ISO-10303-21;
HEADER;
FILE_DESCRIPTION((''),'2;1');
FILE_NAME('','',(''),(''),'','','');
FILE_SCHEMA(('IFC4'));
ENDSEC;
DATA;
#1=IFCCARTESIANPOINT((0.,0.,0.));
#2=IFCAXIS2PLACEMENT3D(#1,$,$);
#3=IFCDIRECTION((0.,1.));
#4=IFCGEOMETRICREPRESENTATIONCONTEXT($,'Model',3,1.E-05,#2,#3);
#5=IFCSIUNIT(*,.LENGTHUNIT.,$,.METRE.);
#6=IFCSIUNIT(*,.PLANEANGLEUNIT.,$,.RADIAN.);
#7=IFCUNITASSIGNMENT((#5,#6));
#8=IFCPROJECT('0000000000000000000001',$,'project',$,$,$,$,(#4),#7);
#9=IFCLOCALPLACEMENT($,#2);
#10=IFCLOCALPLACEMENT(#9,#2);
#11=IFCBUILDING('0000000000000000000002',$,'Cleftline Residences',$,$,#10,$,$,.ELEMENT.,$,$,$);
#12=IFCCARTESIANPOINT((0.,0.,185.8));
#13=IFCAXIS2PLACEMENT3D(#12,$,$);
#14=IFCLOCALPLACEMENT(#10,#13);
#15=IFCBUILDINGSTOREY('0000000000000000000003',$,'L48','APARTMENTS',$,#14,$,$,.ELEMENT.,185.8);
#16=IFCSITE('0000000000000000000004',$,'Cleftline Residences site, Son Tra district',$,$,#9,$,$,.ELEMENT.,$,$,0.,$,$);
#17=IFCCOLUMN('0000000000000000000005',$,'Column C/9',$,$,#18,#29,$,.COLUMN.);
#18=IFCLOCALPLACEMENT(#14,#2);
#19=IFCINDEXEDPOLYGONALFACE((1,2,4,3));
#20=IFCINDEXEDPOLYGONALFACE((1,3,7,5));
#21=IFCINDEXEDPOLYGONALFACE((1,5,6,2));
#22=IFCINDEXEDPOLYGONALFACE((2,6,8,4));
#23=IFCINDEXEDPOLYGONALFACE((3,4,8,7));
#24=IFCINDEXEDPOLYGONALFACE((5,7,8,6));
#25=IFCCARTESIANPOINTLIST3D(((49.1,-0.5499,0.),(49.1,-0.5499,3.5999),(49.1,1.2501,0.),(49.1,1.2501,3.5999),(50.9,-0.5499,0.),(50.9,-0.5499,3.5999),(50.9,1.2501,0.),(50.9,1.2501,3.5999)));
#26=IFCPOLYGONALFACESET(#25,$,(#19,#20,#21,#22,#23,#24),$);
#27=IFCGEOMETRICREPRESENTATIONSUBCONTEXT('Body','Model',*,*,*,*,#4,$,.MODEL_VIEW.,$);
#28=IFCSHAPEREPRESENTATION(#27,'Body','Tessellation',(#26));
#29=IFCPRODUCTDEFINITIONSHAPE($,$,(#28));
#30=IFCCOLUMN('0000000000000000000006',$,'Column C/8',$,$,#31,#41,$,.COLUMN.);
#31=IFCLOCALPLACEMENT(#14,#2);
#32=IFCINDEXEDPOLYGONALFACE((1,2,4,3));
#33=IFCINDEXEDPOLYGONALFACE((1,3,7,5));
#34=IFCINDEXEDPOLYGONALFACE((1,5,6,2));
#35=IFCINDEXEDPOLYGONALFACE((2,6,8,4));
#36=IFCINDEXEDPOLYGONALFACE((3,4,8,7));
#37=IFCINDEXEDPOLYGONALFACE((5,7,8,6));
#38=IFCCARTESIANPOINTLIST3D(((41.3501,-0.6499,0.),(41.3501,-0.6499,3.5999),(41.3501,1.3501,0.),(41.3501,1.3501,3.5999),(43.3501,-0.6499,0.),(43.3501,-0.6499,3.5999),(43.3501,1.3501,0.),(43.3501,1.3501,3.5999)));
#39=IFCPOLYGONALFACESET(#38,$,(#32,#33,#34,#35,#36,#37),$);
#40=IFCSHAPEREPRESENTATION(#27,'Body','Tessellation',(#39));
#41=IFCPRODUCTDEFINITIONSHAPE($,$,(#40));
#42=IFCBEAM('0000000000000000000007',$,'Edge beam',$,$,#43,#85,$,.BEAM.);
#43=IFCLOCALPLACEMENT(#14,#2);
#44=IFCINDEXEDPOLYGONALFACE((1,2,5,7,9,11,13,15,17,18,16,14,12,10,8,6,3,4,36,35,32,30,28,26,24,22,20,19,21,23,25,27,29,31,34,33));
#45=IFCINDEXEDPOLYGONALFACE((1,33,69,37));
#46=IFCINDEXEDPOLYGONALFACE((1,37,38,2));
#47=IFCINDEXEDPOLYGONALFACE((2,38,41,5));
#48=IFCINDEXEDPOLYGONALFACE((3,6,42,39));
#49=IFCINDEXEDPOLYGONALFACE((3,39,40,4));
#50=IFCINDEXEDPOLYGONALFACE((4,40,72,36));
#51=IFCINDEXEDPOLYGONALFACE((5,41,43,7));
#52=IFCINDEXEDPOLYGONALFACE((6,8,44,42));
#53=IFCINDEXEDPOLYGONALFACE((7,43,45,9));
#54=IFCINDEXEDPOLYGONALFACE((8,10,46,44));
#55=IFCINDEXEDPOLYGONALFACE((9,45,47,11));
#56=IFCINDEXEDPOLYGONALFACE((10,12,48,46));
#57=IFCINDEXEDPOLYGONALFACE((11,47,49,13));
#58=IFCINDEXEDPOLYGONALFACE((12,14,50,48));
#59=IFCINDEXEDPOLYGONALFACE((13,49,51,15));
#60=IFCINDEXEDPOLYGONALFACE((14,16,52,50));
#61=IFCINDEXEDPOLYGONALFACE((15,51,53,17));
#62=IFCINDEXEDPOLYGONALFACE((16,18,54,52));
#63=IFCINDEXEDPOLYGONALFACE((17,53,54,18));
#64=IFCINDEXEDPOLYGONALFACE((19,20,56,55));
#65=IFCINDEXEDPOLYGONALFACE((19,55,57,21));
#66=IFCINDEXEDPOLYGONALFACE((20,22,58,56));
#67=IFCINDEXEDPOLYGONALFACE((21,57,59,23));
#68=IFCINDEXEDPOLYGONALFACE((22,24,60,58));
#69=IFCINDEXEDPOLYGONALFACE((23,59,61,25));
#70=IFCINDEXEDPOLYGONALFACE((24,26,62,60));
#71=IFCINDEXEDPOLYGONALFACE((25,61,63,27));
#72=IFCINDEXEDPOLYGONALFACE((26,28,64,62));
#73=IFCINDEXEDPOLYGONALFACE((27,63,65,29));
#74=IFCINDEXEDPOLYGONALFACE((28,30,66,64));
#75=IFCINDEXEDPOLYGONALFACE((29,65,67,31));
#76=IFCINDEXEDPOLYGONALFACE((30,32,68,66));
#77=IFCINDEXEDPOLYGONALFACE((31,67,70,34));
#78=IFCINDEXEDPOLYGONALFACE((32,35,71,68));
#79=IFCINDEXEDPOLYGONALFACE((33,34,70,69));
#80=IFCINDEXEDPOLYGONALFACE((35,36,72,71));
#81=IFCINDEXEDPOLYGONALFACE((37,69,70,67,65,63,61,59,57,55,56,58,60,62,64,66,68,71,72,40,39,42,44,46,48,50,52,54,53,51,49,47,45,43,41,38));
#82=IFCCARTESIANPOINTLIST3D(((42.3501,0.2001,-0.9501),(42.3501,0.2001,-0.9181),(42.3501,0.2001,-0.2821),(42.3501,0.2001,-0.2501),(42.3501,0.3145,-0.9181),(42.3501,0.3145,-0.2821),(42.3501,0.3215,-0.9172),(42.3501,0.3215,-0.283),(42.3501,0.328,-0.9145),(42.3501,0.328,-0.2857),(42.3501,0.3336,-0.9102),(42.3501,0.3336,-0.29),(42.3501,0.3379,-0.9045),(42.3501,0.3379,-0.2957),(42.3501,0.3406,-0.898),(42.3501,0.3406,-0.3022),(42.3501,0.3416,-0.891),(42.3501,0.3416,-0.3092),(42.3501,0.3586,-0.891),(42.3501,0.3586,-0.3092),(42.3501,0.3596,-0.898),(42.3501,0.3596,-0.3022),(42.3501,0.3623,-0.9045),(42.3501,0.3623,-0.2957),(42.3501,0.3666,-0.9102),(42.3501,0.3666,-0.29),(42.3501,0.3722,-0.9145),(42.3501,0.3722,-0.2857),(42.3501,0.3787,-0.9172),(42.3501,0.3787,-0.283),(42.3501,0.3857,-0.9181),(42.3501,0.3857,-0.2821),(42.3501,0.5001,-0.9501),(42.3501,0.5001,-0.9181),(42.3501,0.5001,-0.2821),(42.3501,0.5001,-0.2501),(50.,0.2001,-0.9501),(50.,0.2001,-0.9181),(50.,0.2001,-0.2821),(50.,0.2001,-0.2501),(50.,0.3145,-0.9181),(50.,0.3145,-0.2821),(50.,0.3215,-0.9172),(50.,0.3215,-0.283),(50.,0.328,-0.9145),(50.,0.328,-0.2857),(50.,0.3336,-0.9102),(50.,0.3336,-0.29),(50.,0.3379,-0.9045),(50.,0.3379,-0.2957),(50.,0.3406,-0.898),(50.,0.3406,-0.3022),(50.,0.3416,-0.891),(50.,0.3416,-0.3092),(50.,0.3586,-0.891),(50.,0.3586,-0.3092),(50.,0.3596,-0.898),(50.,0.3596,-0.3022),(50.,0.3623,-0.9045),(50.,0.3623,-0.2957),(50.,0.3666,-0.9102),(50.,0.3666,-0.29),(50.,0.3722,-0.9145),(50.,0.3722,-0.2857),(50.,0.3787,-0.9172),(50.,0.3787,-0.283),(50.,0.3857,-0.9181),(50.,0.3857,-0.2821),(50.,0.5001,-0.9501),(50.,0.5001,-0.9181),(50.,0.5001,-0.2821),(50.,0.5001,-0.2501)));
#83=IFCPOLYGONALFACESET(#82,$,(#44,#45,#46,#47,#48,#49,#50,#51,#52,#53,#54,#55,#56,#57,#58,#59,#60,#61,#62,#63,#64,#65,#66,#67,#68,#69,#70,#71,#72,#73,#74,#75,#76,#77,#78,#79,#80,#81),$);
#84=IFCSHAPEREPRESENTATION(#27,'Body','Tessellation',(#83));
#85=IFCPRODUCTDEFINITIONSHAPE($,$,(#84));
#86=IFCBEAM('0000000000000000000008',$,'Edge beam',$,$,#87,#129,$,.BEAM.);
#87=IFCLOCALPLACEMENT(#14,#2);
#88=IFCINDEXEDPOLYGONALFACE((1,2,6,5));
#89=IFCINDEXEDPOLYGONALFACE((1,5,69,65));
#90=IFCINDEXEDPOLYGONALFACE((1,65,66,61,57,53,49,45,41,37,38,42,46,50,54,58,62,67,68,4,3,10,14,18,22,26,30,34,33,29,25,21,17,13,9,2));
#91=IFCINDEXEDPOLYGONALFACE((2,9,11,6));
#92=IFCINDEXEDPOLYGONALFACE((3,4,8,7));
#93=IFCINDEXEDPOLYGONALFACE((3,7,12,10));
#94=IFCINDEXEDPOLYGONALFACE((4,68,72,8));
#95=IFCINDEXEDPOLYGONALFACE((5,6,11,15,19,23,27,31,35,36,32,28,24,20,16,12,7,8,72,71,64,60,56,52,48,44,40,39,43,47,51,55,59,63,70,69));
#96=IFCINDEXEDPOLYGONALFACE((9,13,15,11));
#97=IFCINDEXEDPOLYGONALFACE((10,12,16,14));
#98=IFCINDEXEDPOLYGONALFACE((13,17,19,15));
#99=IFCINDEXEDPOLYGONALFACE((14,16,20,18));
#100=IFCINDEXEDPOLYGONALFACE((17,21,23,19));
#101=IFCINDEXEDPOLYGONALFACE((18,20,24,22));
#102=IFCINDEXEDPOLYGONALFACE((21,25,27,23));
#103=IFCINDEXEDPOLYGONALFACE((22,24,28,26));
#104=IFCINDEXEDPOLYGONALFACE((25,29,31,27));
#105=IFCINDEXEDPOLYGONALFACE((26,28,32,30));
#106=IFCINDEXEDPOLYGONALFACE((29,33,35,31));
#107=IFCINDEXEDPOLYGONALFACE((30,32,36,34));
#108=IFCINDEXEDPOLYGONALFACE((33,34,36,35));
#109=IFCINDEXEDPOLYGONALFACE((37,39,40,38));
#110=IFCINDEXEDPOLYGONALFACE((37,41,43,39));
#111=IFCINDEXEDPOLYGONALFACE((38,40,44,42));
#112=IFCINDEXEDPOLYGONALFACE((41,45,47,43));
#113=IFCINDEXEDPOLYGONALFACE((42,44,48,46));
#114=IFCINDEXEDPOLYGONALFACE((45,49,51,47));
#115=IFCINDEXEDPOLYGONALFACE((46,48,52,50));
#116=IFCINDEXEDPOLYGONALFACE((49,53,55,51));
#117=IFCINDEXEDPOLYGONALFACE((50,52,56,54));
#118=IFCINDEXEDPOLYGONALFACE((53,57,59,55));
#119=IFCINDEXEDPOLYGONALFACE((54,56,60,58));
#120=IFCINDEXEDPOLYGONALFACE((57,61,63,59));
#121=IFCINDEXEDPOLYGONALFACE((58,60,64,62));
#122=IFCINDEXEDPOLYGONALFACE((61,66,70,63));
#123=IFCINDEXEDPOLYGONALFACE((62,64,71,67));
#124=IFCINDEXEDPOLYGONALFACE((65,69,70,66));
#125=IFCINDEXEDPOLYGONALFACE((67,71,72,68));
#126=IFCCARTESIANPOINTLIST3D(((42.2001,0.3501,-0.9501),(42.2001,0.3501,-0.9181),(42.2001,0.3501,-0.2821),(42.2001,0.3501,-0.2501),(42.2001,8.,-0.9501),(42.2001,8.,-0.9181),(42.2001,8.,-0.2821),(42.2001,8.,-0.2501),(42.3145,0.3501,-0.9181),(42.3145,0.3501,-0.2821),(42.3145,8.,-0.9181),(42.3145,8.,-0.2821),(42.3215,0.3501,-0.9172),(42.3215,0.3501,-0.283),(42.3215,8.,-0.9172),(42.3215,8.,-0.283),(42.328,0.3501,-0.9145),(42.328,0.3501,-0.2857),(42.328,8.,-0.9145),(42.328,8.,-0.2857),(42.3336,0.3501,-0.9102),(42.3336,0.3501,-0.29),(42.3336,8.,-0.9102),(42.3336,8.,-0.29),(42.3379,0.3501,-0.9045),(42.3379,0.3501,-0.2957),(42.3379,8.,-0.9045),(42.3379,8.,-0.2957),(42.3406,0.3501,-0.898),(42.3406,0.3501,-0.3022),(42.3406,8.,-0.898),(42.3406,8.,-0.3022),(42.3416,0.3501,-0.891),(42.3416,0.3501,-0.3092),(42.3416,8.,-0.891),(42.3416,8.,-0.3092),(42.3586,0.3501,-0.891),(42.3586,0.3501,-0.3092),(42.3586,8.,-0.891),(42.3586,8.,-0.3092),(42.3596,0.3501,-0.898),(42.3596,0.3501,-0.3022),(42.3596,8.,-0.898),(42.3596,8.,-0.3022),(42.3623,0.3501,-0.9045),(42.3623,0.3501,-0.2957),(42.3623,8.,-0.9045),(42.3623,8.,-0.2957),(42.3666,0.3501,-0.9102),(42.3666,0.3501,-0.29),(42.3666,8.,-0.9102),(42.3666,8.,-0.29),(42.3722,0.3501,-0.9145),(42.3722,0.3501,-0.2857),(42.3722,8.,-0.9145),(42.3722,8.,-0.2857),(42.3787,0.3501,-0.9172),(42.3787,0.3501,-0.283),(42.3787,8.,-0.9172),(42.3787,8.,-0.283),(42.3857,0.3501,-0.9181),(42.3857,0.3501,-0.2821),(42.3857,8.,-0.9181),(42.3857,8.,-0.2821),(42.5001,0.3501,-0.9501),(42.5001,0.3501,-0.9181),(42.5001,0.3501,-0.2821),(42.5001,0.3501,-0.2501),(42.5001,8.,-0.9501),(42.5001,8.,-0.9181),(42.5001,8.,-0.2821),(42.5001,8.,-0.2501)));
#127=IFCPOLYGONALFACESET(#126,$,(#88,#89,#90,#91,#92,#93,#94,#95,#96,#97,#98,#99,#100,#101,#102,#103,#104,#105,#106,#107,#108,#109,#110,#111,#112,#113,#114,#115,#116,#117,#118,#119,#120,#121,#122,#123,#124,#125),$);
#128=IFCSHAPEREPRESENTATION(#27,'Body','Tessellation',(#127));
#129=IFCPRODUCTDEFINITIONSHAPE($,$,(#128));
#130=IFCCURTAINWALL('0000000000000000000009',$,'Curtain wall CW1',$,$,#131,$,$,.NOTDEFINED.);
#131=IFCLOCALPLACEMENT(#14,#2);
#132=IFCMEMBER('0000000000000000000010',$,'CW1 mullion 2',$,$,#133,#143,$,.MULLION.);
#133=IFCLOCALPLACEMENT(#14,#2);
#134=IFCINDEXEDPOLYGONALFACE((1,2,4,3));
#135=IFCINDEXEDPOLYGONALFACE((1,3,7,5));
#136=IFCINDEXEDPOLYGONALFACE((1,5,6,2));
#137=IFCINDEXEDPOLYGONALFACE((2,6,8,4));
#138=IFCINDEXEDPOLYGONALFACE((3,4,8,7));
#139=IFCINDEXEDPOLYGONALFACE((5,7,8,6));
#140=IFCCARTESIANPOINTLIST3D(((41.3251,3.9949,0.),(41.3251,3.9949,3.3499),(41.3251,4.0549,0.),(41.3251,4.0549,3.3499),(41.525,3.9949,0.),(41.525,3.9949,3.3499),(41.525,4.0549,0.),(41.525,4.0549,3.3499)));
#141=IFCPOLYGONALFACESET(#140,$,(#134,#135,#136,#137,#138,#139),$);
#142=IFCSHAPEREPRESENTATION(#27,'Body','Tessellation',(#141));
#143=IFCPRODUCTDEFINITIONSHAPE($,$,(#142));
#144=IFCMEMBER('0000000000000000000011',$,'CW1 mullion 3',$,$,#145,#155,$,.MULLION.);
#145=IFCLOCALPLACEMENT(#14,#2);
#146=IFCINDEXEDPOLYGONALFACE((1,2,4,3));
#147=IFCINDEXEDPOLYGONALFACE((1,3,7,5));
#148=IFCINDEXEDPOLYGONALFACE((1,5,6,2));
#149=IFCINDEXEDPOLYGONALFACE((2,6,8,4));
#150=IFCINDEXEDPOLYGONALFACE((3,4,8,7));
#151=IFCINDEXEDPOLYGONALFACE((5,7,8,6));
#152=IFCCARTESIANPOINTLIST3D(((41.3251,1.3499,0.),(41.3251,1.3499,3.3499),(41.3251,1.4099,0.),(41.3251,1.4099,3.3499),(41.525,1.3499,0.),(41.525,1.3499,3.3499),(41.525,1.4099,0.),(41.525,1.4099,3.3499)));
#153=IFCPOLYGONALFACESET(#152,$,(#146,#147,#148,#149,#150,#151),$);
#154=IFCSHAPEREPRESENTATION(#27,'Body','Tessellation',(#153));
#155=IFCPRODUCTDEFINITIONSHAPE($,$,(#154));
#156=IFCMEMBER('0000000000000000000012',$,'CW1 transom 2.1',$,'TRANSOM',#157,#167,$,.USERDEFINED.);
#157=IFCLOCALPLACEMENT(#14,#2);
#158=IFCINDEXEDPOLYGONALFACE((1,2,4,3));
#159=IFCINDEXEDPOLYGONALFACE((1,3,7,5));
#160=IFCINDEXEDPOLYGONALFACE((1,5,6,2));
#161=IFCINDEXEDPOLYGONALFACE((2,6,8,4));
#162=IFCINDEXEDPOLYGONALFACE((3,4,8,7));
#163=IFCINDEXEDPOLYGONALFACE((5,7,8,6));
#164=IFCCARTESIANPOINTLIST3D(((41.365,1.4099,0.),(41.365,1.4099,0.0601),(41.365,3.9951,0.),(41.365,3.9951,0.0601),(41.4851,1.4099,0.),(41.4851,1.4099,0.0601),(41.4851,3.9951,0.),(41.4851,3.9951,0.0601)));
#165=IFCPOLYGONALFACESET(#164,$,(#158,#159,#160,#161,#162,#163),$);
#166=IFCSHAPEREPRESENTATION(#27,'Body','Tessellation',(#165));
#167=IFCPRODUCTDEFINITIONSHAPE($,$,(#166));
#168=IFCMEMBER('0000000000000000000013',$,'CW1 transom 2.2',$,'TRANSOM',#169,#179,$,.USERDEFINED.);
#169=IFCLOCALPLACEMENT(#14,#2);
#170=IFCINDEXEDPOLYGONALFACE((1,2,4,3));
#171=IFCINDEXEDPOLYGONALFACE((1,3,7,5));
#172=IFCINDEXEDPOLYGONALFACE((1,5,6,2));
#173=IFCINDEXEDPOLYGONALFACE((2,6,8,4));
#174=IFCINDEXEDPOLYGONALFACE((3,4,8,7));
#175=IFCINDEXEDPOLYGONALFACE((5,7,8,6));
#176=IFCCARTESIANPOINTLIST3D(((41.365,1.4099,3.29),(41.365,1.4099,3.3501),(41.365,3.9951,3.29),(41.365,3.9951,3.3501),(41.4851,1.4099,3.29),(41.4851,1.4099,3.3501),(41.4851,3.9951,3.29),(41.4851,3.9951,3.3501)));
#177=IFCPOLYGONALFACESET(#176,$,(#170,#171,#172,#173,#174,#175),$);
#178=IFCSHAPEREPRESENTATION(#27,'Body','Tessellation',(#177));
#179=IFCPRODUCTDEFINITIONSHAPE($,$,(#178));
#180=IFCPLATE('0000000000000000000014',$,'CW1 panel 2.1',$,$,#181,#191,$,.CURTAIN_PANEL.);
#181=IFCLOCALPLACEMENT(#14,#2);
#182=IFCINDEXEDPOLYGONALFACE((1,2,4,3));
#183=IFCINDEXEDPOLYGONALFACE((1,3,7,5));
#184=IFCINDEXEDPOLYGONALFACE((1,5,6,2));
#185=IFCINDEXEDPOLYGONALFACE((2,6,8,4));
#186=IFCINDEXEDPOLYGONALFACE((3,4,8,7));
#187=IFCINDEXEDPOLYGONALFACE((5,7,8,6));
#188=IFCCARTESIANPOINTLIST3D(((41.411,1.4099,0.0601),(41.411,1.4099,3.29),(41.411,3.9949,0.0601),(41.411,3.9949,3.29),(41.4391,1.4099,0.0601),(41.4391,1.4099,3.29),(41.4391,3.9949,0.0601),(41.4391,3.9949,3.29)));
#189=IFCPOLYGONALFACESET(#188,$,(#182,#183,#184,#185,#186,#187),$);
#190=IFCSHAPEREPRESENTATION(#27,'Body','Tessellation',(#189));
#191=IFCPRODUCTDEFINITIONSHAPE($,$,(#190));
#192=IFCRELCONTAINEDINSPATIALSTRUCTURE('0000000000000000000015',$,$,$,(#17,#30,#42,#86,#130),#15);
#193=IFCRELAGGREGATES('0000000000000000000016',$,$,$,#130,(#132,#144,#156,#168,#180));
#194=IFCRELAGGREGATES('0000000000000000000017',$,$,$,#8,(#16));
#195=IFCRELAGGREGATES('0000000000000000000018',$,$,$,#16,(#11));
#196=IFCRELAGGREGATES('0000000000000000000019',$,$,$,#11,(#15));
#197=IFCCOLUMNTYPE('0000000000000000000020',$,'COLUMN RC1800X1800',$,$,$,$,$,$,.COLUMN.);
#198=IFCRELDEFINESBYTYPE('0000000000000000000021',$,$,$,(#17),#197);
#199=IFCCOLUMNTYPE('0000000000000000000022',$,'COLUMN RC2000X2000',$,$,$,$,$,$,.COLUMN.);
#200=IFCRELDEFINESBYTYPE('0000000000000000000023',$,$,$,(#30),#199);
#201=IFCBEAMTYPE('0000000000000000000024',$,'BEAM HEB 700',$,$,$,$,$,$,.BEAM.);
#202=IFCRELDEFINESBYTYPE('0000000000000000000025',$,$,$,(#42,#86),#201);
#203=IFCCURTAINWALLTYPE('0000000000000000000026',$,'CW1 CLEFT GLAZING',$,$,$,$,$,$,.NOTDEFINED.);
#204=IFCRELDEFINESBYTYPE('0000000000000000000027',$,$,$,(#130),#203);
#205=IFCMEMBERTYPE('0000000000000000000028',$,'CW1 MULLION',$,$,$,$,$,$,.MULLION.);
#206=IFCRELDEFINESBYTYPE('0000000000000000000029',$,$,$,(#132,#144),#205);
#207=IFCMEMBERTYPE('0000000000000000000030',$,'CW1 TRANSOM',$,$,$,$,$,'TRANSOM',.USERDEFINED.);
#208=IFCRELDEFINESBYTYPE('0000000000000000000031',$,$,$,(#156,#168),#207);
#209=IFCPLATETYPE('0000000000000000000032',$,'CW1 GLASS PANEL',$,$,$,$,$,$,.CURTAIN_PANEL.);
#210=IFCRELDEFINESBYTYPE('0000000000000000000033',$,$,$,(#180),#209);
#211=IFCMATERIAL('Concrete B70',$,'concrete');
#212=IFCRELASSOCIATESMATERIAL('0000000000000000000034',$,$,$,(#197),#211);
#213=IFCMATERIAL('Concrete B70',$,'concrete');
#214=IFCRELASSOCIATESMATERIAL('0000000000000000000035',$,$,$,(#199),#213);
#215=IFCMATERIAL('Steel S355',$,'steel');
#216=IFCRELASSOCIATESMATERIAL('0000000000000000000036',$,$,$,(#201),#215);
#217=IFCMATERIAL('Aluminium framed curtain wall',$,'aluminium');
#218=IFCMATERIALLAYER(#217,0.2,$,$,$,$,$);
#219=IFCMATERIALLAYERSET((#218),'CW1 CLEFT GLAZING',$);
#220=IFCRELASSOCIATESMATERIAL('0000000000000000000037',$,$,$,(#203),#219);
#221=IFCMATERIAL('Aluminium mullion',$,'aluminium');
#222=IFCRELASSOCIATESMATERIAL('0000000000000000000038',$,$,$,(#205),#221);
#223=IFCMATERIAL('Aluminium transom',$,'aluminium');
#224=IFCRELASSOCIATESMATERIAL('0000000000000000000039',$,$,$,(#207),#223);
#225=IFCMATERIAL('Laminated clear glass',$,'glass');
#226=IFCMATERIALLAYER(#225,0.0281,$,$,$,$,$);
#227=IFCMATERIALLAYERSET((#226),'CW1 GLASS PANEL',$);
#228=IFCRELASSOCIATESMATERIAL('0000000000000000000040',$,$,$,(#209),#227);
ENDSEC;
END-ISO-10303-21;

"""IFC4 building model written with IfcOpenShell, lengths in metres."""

from ifc_helpers import new_model, si_unit, direction, frame, origin, origin_2d, place, context, subcontext, project, spatial, rectangle, i_section, extrude, material, layer, layer_set, material_profile, profile_set, type_object, element, aggregate, save


model = new_model("IFC4")

# Units and contexts
model_context = context("Model", 3, precision=1e-05, world=origin(), true_north=direction((0.0, 1.0)))
body_context = subcontext(model_context, "Body", "Model", "MODEL_VIEW")
ifc_project = project(units=[si_unit("LENGTHUNIT", "METRE"), si_unit("PLANEANGLEUNIT", "RADIAN")], contexts=[model_context])

# Site, building, storey
site_placement = place(None, origin())
site = spatial("IfcSite", under=ifc_project, at=site_placement, Name="Cleftline Residences site, Son Tra district", CompositionType="ELEMENT", RefElevation=0.0)
building_placement = place(site_placement, origin())
building = spatial("IfcBuilding", under=site, at=building_placement, Name="Cleftline Residences", CompositionType="ELEMENT")
storey_placement = place(building_placement, frame((0.0, 0.0, 185.8)))
storey = spatial("IfcBuildingStorey", under=building, at=storey_placement, Name="L48", Description="APARTMENTS", CompositionType="ELEMENT", Elevation=185.8)

# Columns
ifc_material_1 = material(Name="Concrete B70", Category="concrete")
ifc_material_profile_1 = material_profile(ifc_material_1, rectangle(XDim=1.8, YDim=1.8, at=origin_2d()))
ifc_profile_set_1 = profile_set([ifc_material_profile_1], Name="Concrete B70")
column_type_1 = type_object("IfcColumnType", Name="COLUMN RC1800X1800", PredefinedType="COLUMN", material=ifc_profile_set_1)
column_1_placement = place(storey_placement, frame((50.0, 0.3501, 0.0), z_axis=(0.0, 0.0, 1.0), x_axis=(1.0, 0.0, 0.0)))
element("IfcColumn", 1, at=column_1_placement, inside=storey, type_object=column_type_1, Name="Column C/9", PredefinedType="COLUMN", context=body_context, shape_type="SweptSolid", body=[
    extrude(rectangle(XDim=1.8, YDim=1.8, at=origin_2d()), origin(), (0.0, 0.0, 1.0), 3.5999),
])
ifc_material_2 = material(Name="Concrete B70", Category="concrete")
ifc_material_profile_2 = material_profile(ifc_material_2, rectangle(XDim=2.0, YDim=2.0, at=origin_2d()))
ifc_profile_set_2 = profile_set([ifc_material_profile_2], Name="Concrete B70")
column_type_2 = type_object("IfcColumnType", Name="COLUMN RC2000X2000", PredefinedType="COLUMN", material=ifc_profile_set_2)
column_2_placement = place(storey_placement, frame((42.3501, 0.3501, 0.0), z_axis=(0.0, 0.0, 1.0), x_axis=(1.0, 0.0, 0.0)))
element("IfcColumn", 2, at=column_2_placement, inside=storey, type_object=column_type_2, Name="Column C/8", PredefinedType="COLUMN", context=body_context, shape_type="SweptSolid", body=[
    extrude(rectangle(XDim=2.0, YDim=2.0, at=origin_2d()), origin(), (0.0, 0.0, 1.0), 3.5999),
])

# Beams
ifc_material_3 = material(Name="Steel S355", Category="steel")
ifc_material_profile_3 = material_profile(ifc_material_3, i_section(OverallWidth=0.3, OverallDepth=0.7, WebThickness=0.0171, FlangeThickness=0.032, FilletRadius=0.0271, at=origin_2d()))
ifc_profile_set_3 = profile_set([ifc_material_profile_3], Name="Steel S355")
beam_type = type_object("IfcBeamType", Name="BEAM HEB 700", PredefinedType="BEAM", material=ifc_profile_set_3)
for number, where, z_axis, x_axis, name in (
    (3, (50.0, 0.3501, -0.6001), (-1.0, 0.0, 0.0), (0.0, -1.0, 0.0), "Edge beam"),
    (4, (42.3501, 0.3501, -0.6001), (0.0, 1.0, 0.0), (-1.0, 0.0, 0.0), "Edge beam"),
):
    element("IfcBeam", number, at=place(storey_placement, frame(where, z_axis=z_axis, x_axis=x_axis)), inside=storey, type_object=beam_type, Name=name, PredefinedType="BEAM", context=body_context, shape_type="SweptSolid", body=[
        extrude(i_section(OverallWidth=0.3, OverallDepth=0.7, WebThickness=0.0171, FlangeThickness=0.032, FilletRadius=0.0271, at=origin_2d()), origin(), (0.0, 0.0, 1.0), 7.6499),
    ])

# Curtain wall, members, plate
ifc_material_4 = material(Name="Aluminium framed curtain wall", Category="aluminium")
ifc_layer_1 = layer(ifc_material_4, 0.2)
ifc_layer_set_1 = layer_set([ifc_layer_1], Name="CW1 CLEFT GLAZING")
curtain_wall_type = type_object("IfcCurtainWallType", Name="CW1 CLEFT GLAZING", PredefinedType="NOTDEFINED", material=ifc_layer_set_1)
curtain_wall_placement = place(storey_placement, origin())
curtain_wall = element("IfcCurtainWall", 5, at=curtain_wall_placement, inside=storey, type_object=curtain_wall_type, Name="Curtain wall CW1", PredefinedType="NOTDEFINED")
ifc_material_5 = material(Name="Aluminium mullion", Category="aluminium")
ifc_material_profile_4 = material_profile(ifc_material_5, rectangle(XDim=0.2, YDim=0.0601, at=origin_2d()))
ifc_profile_set_4 = profile_set([ifc_material_profile_4], Name="Aluminium mullion")
member_type_1 = type_object("IfcMemberType", Name="CW1 MULLION", PredefinedType="MULLION", material=ifc_profile_set_4)
member_1_placement = place(storey_placement, frame((41.425, 4.0249, 0.0), z_axis=(0.0, 0.0, 1.0), x_axis=(1.0, 0.0, 0.0)))
member_1 = element("IfcMember", 6, at=member_1_placement, type_object=member_type_1, Name="CW1 mullion 2", PredefinedType="MULLION", context=body_context, shape_type="SweptSolid", body=[
    extrude(rectangle(XDim=0.2, YDim=0.0601, at=origin_2d()), origin(), (0.0, 0.0, 1.0), 3.3499),
])
member_2_placement = place(storey_placement, frame((41.425, 1.3799, 0.0), z_axis=(0.0, 0.0, 1.0), x_axis=(1.0, 0.0, 0.0)))
member_2 = element("IfcMember", 7, at=member_2_placement, type_object=member_type_1, Name="CW1 mullion 3", PredefinedType="MULLION", context=body_context, shape_type="SweptSolid", body=[
    extrude(rectangle(XDim=0.2, YDim=0.0601, at=origin_2d()), origin(), (0.0, 0.0, 1.0), 3.3499),
])
ifc_material_6 = material(Name="Aluminium transom", Category="aluminium")
ifc_material_profile_5 = material_profile(ifc_material_6, rectangle(XDim=0.1201, YDim=0.0601, at=origin_2d()))
ifc_profile_set_5 = profile_set([ifc_material_profile_5], Name="Aluminium transom")
member_type_2 = type_object("IfcMemberType", Name="CW1 TRANSOM", ElementType="TRANSOM", PredefinedType="USERDEFINED", material=ifc_profile_set_5)
member_3_placement = place(storey_placement, frame((41.425, 3.9951, 0.03), z_axis=(0.0, -1.0, 0.0), x_axis=(1.0, 0.0, 0.0)))
member_3 = element("IfcMember", 8, at=member_3_placement, type_object=member_type_2, Name="CW1 transom 2.1", ObjectType="TRANSOM", PredefinedType="USERDEFINED", context=body_context, shape_type="SweptSolid", body=[
    extrude(rectangle(XDim=0.1201, YDim=0.0601, at=origin_2d()), origin(), (0.0, 0.0, 1.0), 2.5852),
])
member_4_placement = place(storey_placement, frame((41.425, 3.9951, 3.3201), z_axis=(0.0, -1.0, 0.0), x_axis=(1.0, 0.0, 0.0)))
member_4 = element("IfcMember", 9, at=member_4_placement, type_object=member_type_2, Name="CW1 transom 2.2", ObjectType="TRANSOM", PredefinedType="USERDEFINED", context=body_context, shape_type="SweptSolid", body=[
    extrude(rectangle(XDim=0.1201, YDim=0.0601, at=origin_2d()), origin(), (0.0, 0.0, 1.0), 2.5852),
])
ifc_material_7 = material(Name="Laminated clear glass", Category="glass")
ifc_layer_2 = layer(ifc_material_7, 0.0281)
ifc_layer_set_2 = layer_set([ifc_layer_2], Name="CW1 GLASS PANEL")
plate_type = type_object("IfcPlateType", Name="CW1 GLASS PANEL", PredefinedType="CURTAIN_PANEL", material=ifc_layer_set_2)
plate_placement = place(storey_placement, frame((41.425, 2.7024, 0.0601), z_axis=(0.0, 0.0, 1.0), x_axis=(0.0, -1.0, 0.0)))
plate = element("IfcPlate", 10, at=plate_placement, type_object=plate_type, Name="CW1 panel 2.1", PredefinedType="CURTAIN_PANEL", context=body_context, shape_type="SweptSolid", body=[
    extrude(rectangle(XDim=2.585, YDim=0.0281, at=origin_2d()), origin(), (0.0, 0.0, 1.0), 3.23),
])
aggregate(curtain_wall, [member_1, member_2, member_3, member_4, plate])

save(model, "model.ifc")
